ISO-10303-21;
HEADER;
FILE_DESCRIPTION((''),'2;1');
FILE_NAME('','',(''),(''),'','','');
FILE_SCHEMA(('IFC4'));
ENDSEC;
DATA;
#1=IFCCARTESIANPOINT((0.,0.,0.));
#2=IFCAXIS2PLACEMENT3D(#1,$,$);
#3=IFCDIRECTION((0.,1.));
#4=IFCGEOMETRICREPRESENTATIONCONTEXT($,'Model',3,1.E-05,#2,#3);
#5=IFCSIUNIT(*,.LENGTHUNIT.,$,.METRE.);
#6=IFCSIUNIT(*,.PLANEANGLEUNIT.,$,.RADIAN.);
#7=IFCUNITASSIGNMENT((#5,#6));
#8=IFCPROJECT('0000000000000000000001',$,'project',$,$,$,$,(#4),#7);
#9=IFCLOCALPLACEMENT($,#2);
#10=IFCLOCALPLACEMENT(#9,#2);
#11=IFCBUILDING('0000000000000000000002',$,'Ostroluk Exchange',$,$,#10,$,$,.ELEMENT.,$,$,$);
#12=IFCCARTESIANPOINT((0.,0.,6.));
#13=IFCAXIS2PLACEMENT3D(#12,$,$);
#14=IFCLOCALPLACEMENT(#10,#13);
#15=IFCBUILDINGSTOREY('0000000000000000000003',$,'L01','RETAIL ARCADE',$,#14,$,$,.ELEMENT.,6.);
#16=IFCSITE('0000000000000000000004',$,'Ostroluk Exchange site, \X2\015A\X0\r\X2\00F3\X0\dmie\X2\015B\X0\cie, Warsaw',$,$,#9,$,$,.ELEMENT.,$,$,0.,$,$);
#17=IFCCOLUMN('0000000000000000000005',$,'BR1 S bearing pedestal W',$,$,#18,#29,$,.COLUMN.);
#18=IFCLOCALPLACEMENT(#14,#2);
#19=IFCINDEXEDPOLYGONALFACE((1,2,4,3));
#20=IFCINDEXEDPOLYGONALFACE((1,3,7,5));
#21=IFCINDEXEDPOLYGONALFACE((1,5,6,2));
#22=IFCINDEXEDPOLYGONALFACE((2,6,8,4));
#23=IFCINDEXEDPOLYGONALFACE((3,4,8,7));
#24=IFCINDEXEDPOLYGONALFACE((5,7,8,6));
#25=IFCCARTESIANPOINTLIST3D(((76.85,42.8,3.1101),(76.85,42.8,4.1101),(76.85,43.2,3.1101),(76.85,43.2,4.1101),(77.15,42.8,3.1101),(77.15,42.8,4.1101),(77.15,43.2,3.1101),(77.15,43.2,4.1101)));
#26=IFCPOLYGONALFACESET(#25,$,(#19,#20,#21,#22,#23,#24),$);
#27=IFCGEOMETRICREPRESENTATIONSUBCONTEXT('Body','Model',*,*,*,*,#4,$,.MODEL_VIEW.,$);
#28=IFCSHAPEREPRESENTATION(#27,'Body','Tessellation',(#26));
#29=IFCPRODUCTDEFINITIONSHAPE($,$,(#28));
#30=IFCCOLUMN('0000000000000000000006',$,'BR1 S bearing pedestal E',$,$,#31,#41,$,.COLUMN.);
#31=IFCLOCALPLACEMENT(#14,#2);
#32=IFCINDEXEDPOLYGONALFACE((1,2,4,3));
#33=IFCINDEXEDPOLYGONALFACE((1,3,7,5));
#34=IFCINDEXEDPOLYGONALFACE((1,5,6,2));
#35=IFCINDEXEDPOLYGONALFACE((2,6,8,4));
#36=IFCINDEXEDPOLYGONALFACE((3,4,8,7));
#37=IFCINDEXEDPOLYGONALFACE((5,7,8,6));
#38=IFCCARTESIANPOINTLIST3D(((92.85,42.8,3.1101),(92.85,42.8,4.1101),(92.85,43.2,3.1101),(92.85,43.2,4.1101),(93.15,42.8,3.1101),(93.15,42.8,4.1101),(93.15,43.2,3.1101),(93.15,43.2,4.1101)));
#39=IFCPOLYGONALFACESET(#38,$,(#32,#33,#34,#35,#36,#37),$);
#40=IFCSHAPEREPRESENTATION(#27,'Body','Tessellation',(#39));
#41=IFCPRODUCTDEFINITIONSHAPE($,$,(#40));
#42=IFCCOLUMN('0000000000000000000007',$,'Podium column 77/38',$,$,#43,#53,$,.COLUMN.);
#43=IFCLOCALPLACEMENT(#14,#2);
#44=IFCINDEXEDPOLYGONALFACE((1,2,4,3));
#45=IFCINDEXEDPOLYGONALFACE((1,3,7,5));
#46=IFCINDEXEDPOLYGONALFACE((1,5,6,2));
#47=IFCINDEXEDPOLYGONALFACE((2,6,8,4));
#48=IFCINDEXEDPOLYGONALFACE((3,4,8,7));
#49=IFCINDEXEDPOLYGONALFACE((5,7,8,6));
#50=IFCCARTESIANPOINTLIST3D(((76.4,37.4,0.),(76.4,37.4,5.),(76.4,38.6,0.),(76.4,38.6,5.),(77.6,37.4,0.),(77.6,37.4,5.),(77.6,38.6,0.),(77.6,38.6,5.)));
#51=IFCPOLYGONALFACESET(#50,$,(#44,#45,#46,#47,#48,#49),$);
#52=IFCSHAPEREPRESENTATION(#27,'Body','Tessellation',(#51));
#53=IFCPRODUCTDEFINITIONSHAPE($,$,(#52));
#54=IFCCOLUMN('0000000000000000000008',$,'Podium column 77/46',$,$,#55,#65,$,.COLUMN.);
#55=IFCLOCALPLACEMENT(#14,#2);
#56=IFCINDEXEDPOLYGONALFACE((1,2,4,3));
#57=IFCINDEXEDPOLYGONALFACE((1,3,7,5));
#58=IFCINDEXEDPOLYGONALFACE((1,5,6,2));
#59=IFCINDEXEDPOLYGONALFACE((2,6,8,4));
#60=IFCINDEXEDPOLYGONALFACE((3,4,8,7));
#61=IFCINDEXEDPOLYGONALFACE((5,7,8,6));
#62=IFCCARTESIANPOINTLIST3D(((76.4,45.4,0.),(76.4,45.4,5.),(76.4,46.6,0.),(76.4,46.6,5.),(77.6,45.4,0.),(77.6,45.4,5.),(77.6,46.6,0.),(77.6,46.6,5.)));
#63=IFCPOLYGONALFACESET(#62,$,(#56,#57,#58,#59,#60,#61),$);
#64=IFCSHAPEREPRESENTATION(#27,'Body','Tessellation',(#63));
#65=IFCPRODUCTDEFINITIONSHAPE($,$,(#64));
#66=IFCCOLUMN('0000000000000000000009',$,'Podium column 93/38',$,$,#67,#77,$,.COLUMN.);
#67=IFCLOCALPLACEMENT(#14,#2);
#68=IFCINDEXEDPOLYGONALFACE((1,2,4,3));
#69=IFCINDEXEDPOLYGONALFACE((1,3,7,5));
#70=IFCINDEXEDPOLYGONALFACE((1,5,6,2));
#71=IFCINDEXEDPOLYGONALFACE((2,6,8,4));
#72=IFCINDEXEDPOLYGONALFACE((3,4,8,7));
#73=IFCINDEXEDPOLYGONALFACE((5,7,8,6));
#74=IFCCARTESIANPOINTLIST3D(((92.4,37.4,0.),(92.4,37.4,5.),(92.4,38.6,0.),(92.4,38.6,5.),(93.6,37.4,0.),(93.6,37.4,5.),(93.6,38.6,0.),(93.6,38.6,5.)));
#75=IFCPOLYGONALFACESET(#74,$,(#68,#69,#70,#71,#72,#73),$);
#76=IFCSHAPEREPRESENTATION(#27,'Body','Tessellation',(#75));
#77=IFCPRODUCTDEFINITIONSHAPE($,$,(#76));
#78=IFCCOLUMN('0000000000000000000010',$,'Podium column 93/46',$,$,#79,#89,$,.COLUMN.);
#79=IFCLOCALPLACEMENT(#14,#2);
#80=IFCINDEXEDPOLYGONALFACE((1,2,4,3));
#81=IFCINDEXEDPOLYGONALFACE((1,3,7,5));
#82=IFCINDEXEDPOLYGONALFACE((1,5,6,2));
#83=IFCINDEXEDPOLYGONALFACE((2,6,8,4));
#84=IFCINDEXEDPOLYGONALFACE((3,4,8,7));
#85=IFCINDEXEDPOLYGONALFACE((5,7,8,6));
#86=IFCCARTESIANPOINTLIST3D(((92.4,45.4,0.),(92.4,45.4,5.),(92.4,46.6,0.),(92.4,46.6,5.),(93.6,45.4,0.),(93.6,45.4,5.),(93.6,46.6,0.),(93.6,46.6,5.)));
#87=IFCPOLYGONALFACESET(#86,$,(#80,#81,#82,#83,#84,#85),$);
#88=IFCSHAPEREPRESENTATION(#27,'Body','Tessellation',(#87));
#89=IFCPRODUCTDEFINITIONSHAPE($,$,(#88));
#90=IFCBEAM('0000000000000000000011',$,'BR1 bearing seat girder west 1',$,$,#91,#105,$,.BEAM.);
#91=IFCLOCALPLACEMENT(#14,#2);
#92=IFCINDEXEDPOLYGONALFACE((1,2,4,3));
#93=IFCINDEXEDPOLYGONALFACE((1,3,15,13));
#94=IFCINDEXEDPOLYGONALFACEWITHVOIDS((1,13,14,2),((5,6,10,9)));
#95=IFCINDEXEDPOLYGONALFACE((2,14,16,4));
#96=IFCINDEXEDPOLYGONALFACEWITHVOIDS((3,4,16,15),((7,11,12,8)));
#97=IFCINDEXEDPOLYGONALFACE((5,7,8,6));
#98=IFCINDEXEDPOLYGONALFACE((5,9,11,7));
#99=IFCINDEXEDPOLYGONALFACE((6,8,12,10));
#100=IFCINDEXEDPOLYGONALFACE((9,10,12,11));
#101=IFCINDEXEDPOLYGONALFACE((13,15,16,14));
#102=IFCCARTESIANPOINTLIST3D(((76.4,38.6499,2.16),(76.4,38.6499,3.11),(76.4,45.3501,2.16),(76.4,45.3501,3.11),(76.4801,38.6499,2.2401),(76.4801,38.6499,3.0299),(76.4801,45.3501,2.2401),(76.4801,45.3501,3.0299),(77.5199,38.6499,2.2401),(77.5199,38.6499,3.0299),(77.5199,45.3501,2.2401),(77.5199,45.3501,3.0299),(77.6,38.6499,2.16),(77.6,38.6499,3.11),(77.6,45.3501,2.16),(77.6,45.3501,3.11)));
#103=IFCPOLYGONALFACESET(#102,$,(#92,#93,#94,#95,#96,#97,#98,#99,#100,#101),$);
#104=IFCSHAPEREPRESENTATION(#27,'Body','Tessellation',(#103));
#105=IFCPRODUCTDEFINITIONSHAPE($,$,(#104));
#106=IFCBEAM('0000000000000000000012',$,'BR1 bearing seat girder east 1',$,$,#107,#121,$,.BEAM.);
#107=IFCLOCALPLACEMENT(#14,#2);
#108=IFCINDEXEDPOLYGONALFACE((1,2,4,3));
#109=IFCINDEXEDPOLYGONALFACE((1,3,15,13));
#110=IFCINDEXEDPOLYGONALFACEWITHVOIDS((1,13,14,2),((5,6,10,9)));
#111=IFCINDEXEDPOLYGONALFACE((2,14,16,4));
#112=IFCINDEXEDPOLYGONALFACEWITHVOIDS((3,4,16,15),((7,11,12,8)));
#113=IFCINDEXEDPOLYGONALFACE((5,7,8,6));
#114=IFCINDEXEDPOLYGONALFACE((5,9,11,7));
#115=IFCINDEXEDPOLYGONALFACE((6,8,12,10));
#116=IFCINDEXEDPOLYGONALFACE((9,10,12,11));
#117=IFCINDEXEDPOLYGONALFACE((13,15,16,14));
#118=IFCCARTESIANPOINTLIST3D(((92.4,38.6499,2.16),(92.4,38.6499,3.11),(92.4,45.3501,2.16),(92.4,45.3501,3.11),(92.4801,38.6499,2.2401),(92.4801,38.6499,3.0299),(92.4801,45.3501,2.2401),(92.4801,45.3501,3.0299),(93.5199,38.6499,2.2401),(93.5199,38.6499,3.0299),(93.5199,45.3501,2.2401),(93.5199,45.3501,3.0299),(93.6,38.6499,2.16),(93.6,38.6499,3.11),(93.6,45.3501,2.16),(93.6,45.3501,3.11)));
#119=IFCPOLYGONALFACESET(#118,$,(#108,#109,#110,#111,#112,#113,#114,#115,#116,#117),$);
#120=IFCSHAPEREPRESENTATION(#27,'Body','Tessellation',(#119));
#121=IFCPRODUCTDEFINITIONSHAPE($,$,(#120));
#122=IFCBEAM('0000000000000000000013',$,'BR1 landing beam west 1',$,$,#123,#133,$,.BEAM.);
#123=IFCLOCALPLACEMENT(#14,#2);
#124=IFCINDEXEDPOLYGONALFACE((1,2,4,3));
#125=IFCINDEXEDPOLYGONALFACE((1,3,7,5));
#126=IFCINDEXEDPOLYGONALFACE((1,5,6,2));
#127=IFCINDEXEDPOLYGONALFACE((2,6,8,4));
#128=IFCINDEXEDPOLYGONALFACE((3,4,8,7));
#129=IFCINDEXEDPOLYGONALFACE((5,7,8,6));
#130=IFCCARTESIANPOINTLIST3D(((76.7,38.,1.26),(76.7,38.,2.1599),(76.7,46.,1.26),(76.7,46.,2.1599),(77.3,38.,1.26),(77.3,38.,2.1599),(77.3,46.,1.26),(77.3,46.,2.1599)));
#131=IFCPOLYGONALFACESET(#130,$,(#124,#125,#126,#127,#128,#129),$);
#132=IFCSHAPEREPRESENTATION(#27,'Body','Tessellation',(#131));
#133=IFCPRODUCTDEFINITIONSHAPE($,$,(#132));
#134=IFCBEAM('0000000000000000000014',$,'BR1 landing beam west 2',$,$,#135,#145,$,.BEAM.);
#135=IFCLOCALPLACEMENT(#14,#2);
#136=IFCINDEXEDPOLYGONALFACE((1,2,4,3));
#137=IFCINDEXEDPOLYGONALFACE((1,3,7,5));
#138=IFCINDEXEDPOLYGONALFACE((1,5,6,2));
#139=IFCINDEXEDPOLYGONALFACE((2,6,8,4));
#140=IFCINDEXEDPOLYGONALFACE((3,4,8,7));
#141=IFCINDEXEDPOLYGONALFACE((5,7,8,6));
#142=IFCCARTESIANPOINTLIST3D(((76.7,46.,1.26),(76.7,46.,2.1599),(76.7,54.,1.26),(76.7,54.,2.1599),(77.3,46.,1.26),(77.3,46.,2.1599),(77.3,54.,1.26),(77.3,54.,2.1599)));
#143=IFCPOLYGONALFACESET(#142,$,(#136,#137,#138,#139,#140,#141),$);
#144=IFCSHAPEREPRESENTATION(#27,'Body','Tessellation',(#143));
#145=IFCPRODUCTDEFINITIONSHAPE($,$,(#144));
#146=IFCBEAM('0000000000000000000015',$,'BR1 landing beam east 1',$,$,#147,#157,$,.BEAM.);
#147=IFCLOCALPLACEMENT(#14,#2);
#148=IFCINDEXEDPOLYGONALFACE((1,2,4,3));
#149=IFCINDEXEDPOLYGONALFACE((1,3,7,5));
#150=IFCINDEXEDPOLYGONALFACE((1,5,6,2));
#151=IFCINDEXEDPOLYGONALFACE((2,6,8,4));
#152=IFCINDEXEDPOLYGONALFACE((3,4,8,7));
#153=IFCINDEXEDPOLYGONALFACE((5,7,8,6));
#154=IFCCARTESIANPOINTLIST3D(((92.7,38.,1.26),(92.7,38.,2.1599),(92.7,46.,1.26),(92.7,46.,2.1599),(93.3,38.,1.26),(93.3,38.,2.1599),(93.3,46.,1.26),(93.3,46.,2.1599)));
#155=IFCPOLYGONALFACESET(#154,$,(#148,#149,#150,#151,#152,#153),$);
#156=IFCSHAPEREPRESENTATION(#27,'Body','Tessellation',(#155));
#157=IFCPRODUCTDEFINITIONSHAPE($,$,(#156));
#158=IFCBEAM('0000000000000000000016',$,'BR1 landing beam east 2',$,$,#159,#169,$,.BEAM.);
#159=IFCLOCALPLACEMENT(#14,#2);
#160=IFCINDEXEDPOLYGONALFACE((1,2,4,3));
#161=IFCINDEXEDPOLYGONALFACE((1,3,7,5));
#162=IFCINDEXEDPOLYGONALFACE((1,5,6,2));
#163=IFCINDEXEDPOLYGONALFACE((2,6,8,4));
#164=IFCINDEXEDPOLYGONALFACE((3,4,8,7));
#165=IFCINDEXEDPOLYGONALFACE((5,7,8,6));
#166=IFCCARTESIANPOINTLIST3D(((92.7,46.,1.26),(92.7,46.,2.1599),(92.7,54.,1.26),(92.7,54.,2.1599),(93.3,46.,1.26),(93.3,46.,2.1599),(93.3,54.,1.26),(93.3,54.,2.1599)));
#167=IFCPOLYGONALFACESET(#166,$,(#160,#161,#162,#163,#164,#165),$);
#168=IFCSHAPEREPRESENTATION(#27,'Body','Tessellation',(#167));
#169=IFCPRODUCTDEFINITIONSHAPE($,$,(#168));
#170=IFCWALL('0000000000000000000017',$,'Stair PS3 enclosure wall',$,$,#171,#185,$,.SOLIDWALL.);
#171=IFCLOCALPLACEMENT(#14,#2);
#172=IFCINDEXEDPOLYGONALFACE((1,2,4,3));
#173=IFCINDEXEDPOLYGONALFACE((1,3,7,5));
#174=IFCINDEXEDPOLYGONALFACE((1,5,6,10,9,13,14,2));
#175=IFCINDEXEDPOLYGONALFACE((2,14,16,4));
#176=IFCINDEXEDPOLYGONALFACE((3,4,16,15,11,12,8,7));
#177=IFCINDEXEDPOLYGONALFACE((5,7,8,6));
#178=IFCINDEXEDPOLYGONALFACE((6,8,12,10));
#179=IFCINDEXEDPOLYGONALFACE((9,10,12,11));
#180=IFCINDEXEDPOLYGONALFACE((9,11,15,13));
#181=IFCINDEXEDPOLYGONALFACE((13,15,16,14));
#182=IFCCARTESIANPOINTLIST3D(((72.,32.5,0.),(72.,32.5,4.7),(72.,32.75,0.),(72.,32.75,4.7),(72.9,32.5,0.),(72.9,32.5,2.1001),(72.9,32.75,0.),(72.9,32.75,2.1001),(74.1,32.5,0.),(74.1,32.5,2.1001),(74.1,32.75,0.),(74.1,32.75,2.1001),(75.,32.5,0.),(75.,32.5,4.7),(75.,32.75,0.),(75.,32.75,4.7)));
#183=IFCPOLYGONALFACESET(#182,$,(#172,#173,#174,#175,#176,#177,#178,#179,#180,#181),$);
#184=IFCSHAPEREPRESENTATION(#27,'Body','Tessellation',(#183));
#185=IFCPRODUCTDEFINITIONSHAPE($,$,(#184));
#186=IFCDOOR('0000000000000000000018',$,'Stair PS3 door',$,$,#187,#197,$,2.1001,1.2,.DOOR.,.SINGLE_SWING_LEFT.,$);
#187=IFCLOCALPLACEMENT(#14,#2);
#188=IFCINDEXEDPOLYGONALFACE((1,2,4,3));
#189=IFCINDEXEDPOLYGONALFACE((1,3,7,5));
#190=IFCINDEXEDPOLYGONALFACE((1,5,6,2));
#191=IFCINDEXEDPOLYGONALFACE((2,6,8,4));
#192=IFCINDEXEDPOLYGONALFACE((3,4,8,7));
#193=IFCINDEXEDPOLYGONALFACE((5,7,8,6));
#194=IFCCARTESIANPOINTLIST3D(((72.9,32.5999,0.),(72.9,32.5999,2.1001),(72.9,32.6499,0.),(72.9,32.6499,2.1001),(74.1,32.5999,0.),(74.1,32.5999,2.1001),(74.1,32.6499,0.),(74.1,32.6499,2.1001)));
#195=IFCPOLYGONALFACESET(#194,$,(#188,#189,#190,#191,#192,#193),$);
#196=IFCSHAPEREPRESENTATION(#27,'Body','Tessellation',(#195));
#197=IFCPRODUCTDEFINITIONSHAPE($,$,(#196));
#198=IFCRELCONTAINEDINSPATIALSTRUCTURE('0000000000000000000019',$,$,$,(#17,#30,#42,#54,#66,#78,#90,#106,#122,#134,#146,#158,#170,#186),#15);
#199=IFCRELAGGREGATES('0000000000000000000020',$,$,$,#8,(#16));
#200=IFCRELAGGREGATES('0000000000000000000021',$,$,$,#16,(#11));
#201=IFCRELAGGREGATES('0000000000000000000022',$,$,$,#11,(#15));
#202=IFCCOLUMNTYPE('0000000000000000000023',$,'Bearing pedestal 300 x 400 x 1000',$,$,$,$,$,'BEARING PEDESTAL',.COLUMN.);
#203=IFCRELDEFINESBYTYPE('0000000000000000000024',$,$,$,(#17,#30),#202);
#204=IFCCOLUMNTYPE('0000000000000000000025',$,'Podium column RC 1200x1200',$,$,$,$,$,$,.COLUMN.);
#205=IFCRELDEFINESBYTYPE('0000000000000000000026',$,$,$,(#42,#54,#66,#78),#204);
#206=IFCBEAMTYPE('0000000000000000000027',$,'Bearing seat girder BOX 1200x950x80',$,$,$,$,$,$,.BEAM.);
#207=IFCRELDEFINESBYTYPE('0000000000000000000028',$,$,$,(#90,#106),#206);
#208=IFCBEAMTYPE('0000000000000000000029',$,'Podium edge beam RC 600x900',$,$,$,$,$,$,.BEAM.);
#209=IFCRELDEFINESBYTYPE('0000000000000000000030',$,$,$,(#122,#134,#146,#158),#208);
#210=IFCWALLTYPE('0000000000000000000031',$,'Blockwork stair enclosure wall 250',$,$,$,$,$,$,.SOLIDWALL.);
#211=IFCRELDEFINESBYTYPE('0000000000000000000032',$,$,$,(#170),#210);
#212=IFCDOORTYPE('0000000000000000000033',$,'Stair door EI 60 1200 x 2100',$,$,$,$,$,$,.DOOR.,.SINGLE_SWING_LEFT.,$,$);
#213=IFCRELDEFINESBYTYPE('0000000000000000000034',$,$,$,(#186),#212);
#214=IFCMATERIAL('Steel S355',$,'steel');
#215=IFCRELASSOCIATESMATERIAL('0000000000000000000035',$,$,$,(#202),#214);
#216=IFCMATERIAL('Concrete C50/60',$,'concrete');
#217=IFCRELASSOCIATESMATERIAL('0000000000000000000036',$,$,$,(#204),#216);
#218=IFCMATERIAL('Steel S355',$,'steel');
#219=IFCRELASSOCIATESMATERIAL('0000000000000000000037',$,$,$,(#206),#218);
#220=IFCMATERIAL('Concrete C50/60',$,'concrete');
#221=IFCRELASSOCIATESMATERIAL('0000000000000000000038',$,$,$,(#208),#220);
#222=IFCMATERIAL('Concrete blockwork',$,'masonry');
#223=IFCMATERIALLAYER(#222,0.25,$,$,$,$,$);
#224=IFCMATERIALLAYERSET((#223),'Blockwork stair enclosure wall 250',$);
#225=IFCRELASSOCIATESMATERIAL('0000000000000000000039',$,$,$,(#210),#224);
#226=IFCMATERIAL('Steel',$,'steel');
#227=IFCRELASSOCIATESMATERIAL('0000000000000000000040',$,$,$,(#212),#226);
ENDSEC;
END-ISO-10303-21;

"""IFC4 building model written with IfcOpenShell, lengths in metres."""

from ifc_helpers import new_model, si_unit, direction, frame, frame_2d, origin, origin_2d, place, context, subcontext, project, spatial, rectangle, hollow_rectangle, extrude, material, layer, layer_set, material_profile, profile_set, type_object, element, fill, save


model = new_model("IFC4")

# Units and contexts
model_context = context("Model", 3, precision=1e-05, world=origin(), true_north=direction((0.0, 1.0)))
body_context = subcontext(model_context, "Body", "Model", "MODEL_VIEW")
ifc_project = project(units=[si_unit("LENGTHUNIT", "METRE"), si_unit("PLANEANGLEUNIT", "RADIAN")], contexts=[model_context])

# Site, building, storey
site_placement = place(None, origin())
site = spatial("IfcSite", under=ifc_project, at=site_placement, Name="Ostroluk Exchange site, Śródmieście, Warsaw", CompositionType="ELEMENT", RefElevation=0.0)
building_placement = place(site_placement, origin())
building = spatial("IfcBuilding", under=site, at=building_placement, Name="Ostroluk Exchange", CompositionType="ELEMENT")
storey_placement = place(building_placement, frame((0.0, 0.0, 6.0)))
storey = spatial("IfcBuildingStorey", under=building, at=storey_placement, Name="L01", Description="RETAIL ARCADE", CompositionType="ELEMENT", Elevation=6.0)

# Columns
ifc_material_1 = material(Name="Steel S355", Category="steel")
ifc_material_profile_1 = material_profile(ifc_material_1, rectangle(XDim=0.3, YDim=0.3999, at=origin_2d()), Name="PL 300x400")
ifc_profile_set_1 = profile_set([ifc_material_profile_1], Name="Steel S355")
column_type_1 = type_object("IfcColumnType", Name="Bearing pedestal 300 x 400 x 1000", ElementType="BEARING PEDESTAL", PredefinedType="COLUMN", material=ifc_profile_set_1)
for number, where, z_axis, x_axis, name in (
    (1, (77.0, 43.0, 3.1101), (0.0, 0.0, 1.0), (1.0, 0.0, 0.0), "BR1 S bearing pedestal W"),
    (2, (93.0, 43.0, 3.1101), (0.0, 0.0, 1.0), (1.0, 0.0, 0.0), "BR1 S bearing pedestal E"),
):
    element("IfcColumn", number, at=place(storey_placement, frame(where, z_axis=z_axis, x_axis=x_axis)), inside=storey, type_object=column_type_1, Name=name, PredefinedType="COLUMN", context=body_context, shape_type="SweptSolid", body=[
        extrude(rectangle(XDim=0.3, YDim=0.3999, at=origin_2d()), origin(), (0.0, 0.0, 1.0), 1.0),
    ])
ifc_material_2 = material(Name="Concrete C50/60", Category="concrete")
ifc_material_profile_2 = material_profile(ifc_material_2, rectangle(XDim=1.2, YDim=1.2, at=origin_2d()), Name="RC 1200x1200")
ifc_profile_set_2 = profile_set([ifc_material_profile_2], Name="Concrete C50/60")
column_type_2 = type_object("IfcColumnType", Name="Podium column RC 1200x1200", PredefinedType="COLUMN", material=ifc_profile_set_2)
for number, where, z_axis, x_axis, name in (
    (3, (77.0, 38.0, 0.0), (0.0, 0.0, 1.0), (1.0, 0.0, 0.0), "Podium column 77/38"),
    (4, (77.0, 46.0, 0.0), (0.0, 0.0, 1.0), (1.0, 0.0, 0.0), "Podium column 77/46"),
    (5, (93.0, 38.0, 0.0), (0.0, 0.0, 1.0), (1.0, 0.0, 0.0), "Podium column 93/38"),
    (6, (93.0, 46.0, 0.0), (0.0, 0.0, 1.0), (1.0, 0.0, 0.0), "Podium column 93/46"),
):
    element("IfcColumn", number, at=place(storey_placement, frame(where, z_axis=z_axis, x_axis=x_axis)), inside=storey, type_object=column_type_2, Name=name, PredefinedType="COLUMN", context=body_context, shape_type="SweptSolid", body=[
        extrude(rectangle(XDim=1.2, YDim=1.2, at=origin_2d()), origin(), (0.0, 0.0, 1.0), 5.0),
    ])

# Beams
ifc_material_3 = material(Name="Steel S355", Category="steel")
ifc_material_profile_3 = material_profile(ifc_material_3, hollow_rectangle(XDim=1.2, YDim=0.95, WallThickness=0.0801, at=origin_2d()), Name="BOX 1200x950x80")
ifc_profile_set_3 = profile_set([ifc_material_profile_3], Name="Steel S355")
beam_type_1 = type_object("IfcBeamType", Name="Bearing seat girder BOX 1200x950x80", PredefinedType="BEAM", material=ifc_profile_set_3)
for number, where, z_axis, x_axis, name in (
    (7, (77.0, 38.6499, 2.635), (0.0, 1.0, 0.0), (-1.0, 0.0, 0.0), "BR1 bearing seat girder west 1"),
    (8, (93.0, 38.6499, 2.635), (0.0, 1.0, 0.0), (-1.0, 0.0, 0.0), "BR1 bearing seat girder east 1"),
):
    element("IfcBeam", number, at=place(storey_placement, frame(where, z_axis=z_axis, x_axis=x_axis)), inside=storey, type_object=beam_type_1, Name=name, PredefinedType="BEAM", context=body_context, shape_type="SweptSolid", body=[
        extrude(hollow_rectangle(XDim=1.2, YDim=0.95, WallThickness=0.0801, at=origin_2d()), origin(), (0.0, 0.0, 1.0), 6.7002),
    ])
ifc_material_4 = material(Name="Concrete C50/60", Category="concrete")
ifc_material_profile_4 = material_profile(ifc_material_4, rectangle(XDim=0.6001, YDim=0.8999, at=origin_2d()), Name="RC 600x900")
ifc_profile_set_4 = profile_set([ifc_material_profile_4], Name="Concrete C50/60")
beam_type_2 = type_object("IfcBeamType", Name="Podium edge beam RC 600x900", PredefinedType="BEAM", material=ifc_profile_set_4)
for number, where, z_axis, x_axis, name in (
    (9, (77.0, 38.0, 1.71), (0.0, 1.0, 0.0), (-1.0, 0.0, 0.0), "BR1 landing beam west 1"),
    (10, (77.0, 46.0, 1.71), (0.0, 1.0, 0.0), (-1.0, 0.0, 0.0), "BR1 landing beam west 2"),
    (11, (93.0, 38.0, 1.71), (0.0, 1.0, 0.0), (-1.0, 0.0, 0.0), "BR1 landing beam east 1"),
    (12, (93.0, 46.0, 1.71), (0.0, 1.0, 0.0), (-1.0, 0.0, 0.0), "BR1 landing beam east 2"),
):
    element("IfcBeam", number, at=place(storey_placement, frame(where, z_axis=z_axis, x_axis=x_axis)), inside=storey, type_object=beam_type_2, Name=name, PredefinedType="BEAM", context=body_context, shape_type="SweptSolid", body=[
        extrude(rectangle(XDim=0.6001, YDim=0.8999, at=origin_2d()), origin(), (0.0, 0.0, 1.0), 8.0),
    ])

# Wall, opening, door
ifc_material_5 = material(Name="Concrete blockwork", Category="masonry")
ifc_layer_1 = layer(ifc_material_5, 0.25)
ifc_layer_set_1 = layer_set([ifc_layer_1], Name="Blockwork stair enclosure wall 250")
wall_type_1 = type_object("IfcWallType", Name="Blockwork stair enclosure wall 250", PredefinedType="SOLIDWALL", material=ifc_layer_set_1)
wall_1_placement = place(storey_placement, frame((72.0, 32.625, 0.0), z_axis=(0.0, 0.0, 1.0), x_axis=(1.0, 0.0, 0.0)))
wall_1 = element("IfcWall", 13, at=wall_1_placement, inside=storey, type_object=wall_type_1, Name="Stair PS3 enclosure wall", PredefinedType="SOLIDWALL", context=body_context, shape_type="SweptSolid", body=[
    extrude(rectangle(XDim=3.0, YDim=0.25, at=frame_2d((1.5, 0.0))), origin(), (0.0, 0.0, 1.0), 4.7),
])
opening_1_placement = place(wall_1_placement, frame((0.8999, 0.0, 0.0)))
opening_1 = element("IfcOpeningElement", 14, at=opening_1_placement, cuts=wall_1, PredefinedType="OPENING", context=body_context, shape_type="SweptSolid", body=[
    extrude(rectangle(XDim=1.2, YDim=2.1001, at=frame_2d((0.6001, 1.05))), frame((0.0, 0.135, 0.0), z_axis=(0.0, -1.0, 0.0), x_axis=(1.0, 0.0, 0.0)), (0.0, 0.0, 1.0), 0.27),
])
ifc_material_6 = material(Name="Steel", Category="steel")
door_type = type_object("IfcDoorType", Name="Stair door EI 60 1200 x 2100", OperationType="SINGLE_SWING_LEFT", PredefinedType="DOOR", material=ifc_material_6)
door_placement = place(opening_1_placement, origin())
door = element("IfcDoor", 15, at=door_placement, inside=storey, type_object=door_type, Name="Stair PS3 door", OperationType="SINGLE_SWING_LEFT", OverallHeight=2.1001, OverallWidth=1.2, PredefinedType="DOOR", context=body_context, shape_type="SweptSolid", body=[
    extrude(rectangle(XDim=1.2, YDim=2.1001, at=frame_2d((0.6001, 1.05))), frame((0.0, 0.0249, 0.0), z_axis=(0.0, -1.0, 0.0), x_axis=(1.0, 0.0, 0.0)), (0.0, 0.0, 1.0), 0.05),
])
fill(opening_1, door)

save(model, "model.ifc")
